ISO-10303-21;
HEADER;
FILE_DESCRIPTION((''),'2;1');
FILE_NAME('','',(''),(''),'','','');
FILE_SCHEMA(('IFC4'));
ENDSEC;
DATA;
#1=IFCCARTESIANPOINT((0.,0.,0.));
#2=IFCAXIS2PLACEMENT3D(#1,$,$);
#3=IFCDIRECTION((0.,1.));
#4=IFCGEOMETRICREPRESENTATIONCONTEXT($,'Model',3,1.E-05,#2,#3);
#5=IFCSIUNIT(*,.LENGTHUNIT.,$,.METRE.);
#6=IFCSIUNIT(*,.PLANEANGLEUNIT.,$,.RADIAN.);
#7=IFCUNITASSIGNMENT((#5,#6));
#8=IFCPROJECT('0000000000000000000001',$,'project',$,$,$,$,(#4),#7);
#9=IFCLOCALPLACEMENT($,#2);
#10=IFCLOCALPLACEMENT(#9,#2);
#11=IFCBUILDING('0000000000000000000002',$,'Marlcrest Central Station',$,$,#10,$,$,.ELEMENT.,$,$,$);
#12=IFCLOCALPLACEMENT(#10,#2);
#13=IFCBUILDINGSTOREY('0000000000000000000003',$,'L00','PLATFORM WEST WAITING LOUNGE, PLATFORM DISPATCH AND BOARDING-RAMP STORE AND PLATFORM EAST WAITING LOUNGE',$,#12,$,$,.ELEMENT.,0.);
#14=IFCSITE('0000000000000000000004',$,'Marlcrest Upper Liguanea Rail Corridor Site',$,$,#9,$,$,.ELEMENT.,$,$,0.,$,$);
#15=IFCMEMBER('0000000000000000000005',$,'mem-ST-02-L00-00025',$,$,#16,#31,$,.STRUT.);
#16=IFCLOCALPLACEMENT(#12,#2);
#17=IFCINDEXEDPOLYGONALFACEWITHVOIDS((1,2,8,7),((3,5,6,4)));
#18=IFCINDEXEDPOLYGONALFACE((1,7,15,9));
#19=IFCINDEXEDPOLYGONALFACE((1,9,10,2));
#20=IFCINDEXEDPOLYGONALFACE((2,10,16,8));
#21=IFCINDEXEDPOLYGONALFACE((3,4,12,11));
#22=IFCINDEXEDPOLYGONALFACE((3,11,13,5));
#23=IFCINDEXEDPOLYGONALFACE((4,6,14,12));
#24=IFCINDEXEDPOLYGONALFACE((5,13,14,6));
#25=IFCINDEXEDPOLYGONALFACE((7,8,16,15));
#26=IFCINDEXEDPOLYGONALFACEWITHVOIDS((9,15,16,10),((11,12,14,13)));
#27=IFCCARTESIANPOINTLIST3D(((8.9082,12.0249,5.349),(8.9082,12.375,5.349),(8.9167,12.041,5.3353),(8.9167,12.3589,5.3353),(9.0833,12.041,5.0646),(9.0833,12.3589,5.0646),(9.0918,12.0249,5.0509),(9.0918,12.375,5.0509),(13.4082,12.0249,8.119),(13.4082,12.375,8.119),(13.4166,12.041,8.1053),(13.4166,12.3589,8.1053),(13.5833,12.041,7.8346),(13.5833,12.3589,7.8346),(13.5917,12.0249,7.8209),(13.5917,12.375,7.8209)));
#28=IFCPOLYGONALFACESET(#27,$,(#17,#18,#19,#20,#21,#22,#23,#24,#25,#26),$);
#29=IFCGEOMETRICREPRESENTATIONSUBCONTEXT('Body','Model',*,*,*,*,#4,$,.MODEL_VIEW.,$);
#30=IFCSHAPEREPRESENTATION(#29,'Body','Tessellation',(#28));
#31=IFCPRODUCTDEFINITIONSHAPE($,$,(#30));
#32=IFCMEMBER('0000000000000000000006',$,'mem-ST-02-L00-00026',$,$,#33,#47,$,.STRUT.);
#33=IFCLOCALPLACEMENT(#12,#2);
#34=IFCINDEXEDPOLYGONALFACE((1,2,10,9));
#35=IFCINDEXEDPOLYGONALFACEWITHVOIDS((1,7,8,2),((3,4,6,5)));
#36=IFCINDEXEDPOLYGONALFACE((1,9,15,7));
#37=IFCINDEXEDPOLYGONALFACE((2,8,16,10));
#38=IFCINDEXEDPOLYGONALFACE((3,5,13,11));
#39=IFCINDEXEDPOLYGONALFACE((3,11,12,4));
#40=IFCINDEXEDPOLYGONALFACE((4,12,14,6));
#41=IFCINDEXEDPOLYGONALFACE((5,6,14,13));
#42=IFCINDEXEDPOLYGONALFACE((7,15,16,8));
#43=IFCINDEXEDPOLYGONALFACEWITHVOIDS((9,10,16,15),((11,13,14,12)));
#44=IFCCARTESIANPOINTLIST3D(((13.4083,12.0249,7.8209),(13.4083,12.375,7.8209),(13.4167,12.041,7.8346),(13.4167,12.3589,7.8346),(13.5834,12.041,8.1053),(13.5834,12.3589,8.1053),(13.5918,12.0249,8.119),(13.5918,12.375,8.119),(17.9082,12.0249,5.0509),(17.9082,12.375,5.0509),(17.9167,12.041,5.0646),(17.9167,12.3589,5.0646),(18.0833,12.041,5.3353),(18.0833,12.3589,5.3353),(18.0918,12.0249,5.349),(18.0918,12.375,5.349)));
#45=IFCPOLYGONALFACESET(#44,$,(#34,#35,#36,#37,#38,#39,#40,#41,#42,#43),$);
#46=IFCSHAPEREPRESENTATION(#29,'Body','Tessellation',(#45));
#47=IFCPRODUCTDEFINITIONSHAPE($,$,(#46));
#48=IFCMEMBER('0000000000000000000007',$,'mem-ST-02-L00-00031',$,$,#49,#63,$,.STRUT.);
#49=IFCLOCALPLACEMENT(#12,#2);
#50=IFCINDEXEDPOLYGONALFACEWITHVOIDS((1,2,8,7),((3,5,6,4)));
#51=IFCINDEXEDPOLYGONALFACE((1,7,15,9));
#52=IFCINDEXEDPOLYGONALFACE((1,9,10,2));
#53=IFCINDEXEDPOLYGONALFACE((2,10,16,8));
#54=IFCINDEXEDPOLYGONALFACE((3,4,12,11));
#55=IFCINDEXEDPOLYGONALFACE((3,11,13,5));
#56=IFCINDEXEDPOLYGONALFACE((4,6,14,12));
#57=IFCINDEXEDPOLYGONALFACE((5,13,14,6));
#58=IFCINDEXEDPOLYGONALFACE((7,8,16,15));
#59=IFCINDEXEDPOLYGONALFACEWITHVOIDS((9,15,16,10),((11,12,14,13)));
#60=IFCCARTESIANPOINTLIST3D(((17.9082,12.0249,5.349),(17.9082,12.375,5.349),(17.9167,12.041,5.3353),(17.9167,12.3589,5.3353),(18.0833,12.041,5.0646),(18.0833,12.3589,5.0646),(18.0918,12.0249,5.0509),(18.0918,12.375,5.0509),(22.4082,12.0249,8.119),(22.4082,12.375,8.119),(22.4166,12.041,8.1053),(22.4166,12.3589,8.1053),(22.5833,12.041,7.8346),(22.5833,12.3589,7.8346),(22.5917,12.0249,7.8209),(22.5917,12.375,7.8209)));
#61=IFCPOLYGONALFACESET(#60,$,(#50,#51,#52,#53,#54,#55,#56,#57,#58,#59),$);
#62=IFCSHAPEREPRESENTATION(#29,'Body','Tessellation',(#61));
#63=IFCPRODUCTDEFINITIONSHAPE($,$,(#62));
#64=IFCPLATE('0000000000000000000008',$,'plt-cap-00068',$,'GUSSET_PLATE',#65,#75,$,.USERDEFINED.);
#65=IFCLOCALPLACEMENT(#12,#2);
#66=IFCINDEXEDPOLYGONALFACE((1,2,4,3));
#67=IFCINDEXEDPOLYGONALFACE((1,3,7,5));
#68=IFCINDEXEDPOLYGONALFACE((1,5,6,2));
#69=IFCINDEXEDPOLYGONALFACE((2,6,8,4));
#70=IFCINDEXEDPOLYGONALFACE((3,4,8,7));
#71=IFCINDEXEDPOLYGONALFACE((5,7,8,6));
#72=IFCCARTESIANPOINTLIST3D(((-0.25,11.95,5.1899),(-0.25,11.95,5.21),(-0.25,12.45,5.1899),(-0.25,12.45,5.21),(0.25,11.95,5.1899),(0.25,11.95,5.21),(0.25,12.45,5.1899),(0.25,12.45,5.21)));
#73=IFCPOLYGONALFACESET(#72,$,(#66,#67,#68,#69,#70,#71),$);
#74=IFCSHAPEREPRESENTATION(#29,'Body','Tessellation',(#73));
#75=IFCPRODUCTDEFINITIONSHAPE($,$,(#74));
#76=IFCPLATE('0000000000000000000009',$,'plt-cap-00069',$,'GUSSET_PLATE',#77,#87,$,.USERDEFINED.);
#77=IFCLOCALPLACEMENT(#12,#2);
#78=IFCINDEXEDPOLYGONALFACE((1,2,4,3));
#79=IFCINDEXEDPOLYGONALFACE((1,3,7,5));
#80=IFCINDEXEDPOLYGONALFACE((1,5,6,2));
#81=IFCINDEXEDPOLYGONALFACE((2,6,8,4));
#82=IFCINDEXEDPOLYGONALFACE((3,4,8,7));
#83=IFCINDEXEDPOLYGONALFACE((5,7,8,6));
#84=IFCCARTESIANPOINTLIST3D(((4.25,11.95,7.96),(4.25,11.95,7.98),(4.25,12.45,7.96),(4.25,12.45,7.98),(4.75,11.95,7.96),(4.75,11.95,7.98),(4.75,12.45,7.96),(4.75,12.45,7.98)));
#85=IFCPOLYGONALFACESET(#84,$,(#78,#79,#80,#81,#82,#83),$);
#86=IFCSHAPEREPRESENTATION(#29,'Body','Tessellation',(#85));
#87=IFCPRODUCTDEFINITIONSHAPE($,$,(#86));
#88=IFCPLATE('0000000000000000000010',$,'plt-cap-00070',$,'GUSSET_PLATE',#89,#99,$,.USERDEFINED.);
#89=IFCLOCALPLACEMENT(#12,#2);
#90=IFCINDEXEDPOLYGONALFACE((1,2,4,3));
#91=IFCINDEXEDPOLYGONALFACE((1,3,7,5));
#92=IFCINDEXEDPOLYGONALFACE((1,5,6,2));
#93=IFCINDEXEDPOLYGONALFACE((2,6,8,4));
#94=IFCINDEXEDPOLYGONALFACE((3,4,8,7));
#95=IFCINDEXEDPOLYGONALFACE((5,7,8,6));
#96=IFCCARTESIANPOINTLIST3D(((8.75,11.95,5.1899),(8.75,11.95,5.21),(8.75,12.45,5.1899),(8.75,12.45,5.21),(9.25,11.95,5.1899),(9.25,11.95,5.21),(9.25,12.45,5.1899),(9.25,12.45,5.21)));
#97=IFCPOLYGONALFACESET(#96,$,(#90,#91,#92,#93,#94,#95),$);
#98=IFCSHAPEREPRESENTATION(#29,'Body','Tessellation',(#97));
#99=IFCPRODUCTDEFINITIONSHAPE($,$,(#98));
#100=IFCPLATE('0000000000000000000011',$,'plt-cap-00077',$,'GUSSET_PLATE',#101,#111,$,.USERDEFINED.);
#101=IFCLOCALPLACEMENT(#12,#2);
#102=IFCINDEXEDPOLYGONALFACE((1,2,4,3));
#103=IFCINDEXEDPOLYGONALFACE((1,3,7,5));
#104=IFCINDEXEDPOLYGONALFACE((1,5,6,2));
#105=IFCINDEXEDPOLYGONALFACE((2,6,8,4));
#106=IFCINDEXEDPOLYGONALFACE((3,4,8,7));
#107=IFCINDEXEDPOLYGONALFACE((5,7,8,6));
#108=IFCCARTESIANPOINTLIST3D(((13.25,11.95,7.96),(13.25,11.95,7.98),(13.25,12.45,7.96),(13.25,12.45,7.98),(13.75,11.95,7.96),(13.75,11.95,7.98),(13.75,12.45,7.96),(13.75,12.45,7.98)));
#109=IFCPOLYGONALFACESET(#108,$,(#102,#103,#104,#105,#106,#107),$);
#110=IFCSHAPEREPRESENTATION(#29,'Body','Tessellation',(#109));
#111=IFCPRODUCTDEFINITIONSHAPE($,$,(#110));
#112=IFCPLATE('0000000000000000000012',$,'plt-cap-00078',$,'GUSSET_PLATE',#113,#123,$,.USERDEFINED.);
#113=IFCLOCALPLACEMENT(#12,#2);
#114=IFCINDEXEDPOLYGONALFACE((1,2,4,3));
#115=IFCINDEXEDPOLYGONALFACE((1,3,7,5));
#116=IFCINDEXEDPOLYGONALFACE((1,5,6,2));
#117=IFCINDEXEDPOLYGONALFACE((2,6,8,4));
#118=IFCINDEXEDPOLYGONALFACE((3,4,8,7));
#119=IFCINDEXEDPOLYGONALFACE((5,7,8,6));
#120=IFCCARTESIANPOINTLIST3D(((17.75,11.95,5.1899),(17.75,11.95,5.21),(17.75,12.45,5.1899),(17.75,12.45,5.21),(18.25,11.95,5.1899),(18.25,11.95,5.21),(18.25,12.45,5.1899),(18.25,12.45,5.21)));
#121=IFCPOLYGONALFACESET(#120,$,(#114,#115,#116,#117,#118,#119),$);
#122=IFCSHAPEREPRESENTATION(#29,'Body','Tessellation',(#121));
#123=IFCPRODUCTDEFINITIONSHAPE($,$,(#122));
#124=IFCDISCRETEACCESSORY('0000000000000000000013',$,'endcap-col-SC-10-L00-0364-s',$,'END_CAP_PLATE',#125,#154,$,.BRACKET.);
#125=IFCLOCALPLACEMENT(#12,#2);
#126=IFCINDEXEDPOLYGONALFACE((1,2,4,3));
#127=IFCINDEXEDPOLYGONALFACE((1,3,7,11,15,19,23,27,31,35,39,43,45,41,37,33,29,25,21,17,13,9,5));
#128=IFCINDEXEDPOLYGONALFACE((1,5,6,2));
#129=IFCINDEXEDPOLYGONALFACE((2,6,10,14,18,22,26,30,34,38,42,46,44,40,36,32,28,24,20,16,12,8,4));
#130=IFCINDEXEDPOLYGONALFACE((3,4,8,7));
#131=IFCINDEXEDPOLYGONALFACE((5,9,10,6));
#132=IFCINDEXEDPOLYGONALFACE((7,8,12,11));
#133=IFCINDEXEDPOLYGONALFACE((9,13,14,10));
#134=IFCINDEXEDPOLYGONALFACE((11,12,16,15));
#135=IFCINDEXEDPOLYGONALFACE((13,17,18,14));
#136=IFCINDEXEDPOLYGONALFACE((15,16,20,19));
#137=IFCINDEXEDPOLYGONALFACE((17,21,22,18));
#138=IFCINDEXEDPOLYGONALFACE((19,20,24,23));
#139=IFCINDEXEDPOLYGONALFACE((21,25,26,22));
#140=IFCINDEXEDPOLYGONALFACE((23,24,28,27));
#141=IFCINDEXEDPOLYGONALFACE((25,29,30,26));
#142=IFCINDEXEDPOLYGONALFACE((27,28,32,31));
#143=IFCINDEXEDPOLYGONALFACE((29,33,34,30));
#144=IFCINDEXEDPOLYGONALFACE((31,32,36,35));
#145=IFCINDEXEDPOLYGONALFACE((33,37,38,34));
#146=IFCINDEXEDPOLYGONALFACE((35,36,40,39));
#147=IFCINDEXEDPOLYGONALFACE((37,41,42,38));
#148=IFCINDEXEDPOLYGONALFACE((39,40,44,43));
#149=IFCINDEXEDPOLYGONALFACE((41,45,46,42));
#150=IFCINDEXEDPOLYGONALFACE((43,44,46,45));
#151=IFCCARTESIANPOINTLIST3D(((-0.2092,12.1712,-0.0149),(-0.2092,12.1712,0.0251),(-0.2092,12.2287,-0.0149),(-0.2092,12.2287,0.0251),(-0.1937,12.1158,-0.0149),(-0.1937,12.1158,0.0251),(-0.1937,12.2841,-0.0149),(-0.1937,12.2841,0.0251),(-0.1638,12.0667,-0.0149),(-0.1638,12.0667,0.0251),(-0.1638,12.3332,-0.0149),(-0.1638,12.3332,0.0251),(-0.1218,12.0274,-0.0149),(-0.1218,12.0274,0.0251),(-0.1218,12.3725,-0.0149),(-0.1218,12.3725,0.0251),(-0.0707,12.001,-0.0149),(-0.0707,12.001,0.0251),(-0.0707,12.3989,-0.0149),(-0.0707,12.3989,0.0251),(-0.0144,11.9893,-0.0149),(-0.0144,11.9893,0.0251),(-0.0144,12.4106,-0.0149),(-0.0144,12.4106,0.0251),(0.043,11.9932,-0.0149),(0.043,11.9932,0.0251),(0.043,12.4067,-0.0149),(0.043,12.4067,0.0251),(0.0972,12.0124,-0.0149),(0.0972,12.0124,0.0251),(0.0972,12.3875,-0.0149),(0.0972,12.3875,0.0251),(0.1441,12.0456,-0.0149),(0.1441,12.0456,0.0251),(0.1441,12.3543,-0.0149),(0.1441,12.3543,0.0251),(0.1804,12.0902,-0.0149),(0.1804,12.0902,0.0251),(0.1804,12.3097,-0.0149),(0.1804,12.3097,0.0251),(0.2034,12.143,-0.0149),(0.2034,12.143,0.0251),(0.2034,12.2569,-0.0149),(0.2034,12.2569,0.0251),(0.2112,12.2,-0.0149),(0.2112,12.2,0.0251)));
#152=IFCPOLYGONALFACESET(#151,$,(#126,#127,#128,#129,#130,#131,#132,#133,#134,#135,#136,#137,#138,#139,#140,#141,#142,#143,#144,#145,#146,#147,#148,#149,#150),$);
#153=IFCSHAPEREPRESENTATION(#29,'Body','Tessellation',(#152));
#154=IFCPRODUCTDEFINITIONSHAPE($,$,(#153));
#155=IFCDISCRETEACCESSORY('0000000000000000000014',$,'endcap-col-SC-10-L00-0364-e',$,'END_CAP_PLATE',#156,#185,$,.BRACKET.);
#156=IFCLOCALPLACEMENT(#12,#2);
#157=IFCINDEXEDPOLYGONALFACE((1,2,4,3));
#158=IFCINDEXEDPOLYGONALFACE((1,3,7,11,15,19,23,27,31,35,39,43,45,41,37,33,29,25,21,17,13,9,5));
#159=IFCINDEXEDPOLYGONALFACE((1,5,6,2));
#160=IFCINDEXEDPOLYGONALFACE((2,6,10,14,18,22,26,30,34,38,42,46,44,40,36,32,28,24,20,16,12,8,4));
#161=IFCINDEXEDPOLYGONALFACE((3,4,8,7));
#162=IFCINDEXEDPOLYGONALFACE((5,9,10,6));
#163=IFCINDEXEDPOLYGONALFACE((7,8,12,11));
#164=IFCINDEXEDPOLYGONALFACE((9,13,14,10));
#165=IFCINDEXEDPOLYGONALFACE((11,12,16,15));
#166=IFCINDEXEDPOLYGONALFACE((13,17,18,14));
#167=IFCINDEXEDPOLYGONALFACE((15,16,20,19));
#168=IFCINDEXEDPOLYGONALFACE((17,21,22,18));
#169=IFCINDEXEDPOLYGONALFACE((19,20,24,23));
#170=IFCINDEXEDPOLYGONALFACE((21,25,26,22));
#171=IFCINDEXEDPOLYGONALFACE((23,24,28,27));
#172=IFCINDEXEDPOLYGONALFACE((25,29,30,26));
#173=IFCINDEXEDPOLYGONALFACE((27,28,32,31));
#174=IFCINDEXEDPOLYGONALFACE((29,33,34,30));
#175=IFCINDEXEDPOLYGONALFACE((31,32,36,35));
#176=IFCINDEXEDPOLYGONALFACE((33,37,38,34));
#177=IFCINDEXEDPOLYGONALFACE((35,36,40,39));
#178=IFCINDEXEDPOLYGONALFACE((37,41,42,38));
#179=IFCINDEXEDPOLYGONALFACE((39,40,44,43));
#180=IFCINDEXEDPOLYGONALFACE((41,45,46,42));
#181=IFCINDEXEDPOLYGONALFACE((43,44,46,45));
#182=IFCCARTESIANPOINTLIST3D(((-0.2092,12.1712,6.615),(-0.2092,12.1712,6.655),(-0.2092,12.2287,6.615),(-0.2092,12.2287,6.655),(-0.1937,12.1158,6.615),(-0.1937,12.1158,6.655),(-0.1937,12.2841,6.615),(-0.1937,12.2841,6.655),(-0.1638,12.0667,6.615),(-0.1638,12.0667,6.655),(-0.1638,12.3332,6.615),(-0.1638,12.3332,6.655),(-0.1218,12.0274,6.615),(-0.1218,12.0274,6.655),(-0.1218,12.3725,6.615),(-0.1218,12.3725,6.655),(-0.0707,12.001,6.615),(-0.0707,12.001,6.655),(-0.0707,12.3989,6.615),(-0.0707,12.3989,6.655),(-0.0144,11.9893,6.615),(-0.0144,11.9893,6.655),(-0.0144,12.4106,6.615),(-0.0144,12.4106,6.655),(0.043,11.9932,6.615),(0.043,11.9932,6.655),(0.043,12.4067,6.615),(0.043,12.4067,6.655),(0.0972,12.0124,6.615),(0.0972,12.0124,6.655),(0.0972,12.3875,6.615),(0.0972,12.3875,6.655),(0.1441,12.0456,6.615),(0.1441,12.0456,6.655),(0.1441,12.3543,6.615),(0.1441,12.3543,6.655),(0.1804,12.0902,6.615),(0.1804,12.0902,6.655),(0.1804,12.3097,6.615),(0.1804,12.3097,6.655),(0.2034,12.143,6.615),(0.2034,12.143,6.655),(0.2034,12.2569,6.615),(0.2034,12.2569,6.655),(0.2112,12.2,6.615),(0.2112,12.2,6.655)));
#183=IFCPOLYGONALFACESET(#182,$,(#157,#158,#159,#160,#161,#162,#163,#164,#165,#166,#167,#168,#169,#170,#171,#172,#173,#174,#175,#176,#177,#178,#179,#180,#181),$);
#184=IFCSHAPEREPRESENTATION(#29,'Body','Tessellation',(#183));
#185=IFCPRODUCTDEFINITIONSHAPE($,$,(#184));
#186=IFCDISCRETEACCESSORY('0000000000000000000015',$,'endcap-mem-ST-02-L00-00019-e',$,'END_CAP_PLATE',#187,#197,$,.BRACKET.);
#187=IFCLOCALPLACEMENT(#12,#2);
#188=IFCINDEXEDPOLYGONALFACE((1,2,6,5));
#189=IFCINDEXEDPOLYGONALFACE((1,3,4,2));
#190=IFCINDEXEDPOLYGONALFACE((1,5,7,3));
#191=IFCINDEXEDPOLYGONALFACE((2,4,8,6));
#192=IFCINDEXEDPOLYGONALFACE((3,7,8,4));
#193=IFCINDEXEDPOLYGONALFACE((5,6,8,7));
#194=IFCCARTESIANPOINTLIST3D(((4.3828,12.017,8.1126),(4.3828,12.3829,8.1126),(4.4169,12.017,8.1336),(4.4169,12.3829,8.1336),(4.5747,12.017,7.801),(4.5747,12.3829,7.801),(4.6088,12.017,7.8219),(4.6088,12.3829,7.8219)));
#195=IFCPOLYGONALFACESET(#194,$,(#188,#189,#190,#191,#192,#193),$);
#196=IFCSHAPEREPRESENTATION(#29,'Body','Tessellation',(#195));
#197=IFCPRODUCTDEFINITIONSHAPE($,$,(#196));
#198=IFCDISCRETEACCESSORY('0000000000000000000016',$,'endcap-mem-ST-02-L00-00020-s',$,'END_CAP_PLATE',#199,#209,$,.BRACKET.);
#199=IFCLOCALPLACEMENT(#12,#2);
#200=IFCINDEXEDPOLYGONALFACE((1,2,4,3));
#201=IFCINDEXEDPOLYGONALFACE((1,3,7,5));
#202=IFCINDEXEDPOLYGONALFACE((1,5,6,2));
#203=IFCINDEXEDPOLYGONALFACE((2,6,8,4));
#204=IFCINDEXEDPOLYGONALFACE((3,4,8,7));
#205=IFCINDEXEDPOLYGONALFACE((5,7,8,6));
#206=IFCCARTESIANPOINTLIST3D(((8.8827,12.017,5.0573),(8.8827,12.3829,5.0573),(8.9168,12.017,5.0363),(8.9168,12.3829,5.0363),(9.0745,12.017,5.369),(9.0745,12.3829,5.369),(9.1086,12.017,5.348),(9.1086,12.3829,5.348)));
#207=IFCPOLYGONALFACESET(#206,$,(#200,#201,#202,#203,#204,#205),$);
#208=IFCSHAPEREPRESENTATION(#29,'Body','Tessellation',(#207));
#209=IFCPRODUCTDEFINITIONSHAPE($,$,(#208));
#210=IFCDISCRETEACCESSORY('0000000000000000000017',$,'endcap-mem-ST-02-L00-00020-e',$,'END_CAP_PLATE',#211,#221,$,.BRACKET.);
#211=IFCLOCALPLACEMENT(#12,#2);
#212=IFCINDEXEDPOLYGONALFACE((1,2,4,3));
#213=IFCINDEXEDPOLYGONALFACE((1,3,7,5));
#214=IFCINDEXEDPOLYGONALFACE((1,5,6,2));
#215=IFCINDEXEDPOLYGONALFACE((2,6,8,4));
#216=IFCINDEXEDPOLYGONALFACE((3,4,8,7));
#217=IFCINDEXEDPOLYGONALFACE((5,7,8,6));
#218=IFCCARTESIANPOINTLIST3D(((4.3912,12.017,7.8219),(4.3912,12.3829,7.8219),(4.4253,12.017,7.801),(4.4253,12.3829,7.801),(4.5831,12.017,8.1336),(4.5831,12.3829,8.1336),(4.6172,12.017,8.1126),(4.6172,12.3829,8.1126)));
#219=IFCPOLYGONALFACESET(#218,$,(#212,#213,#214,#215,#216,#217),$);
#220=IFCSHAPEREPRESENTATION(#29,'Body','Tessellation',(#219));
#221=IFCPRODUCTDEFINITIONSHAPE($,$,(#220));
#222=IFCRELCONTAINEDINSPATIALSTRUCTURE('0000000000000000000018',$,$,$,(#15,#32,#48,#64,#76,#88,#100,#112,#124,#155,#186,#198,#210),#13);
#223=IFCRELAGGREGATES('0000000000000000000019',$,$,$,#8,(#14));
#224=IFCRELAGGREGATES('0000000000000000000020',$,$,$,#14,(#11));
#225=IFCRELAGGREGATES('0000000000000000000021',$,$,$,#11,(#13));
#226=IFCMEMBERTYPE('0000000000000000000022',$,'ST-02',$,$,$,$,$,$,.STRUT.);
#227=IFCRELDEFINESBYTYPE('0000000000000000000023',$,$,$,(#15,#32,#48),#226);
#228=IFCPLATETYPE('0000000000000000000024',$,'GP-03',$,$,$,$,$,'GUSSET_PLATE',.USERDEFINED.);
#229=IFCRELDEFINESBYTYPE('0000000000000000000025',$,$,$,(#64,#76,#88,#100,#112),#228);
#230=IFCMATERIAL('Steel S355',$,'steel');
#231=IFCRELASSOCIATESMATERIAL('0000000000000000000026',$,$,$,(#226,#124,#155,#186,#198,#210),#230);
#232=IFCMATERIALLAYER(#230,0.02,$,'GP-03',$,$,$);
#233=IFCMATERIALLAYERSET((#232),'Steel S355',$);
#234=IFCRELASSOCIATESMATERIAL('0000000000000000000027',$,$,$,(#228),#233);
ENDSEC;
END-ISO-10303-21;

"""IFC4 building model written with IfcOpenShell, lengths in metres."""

from ifc_helpers import new_model, si_unit, direction, frame, origin, origin_2d, place, context, subcontext, project, spatial, rectangle, hollow_rectangle, circle, extrude, material, layer, layer_set, material_profile, profile_set, type_object, element, save


model = new_model("IFC4")

# Units and contexts
model_context = context("Model", 3, precision=1e-05, world=origin(), true_north=direction((0.0, 1.0)))
body_context = subcontext(model_context, "Body", "Model", "MODEL_VIEW")
ifc_project = project(units=[si_unit("LENGTHUNIT", "METRE"), si_unit("PLANEANGLEUNIT", "RADIAN")], contexts=[model_context])

# Site, building, storey
site_placement = place(None, origin())
site = spatial("IfcSite", under=ifc_project, at=site_placement, Name="Marlcrest Upper Liguanea Rail Corridor Site", CompositionType="ELEMENT", RefElevation=0.0)
building_placement = place(site_placement, origin())
building = spatial("IfcBuilding", under=site, at=building_placement, Name="Marlcrest Central Station", CompositionType="ELEMENT")
storey_placement = place(building_placement, origin())
storey = spatial("IfcBuildingStorey", under=building, at=storey_placement, Name="L00", Description="PLATFORM WEST WAITING LOUNGE, PLATFORM DISPATCH AND BOARDING-RAMP STORE AND PLATFORM EAST WAITING LOUNGE", CompositionType="ELEMENT", Elevation=0.0)

# Shared definitions
ifc_material_1 = material(Name="Steel S355", Category="steel")

# Members
ifc_material_profile_1 = material_profile(ifc_material_1, hollow_rectangle(XDim=0.3501, YDim=0.3501, WallThickness=0.0161, at=origin_2d()), Name="SHS 350x350x16")
ifc_profile_set_1 = profile_set([ifc_material_profile_1], Name="Steel S355")
member_type = type_object("IfcMemberType", Name="ST-02", PredefinedType="STRUT", material=ifc_profile_set_1)
for number, where, z_axis, x_axis, name in (
    (1, (9.0, 12.2, 5.2), (0.851592, 0.0, 0.524206), (0.0, 1.0, 0.0), "mem-ST-02-L00-00025"),
    (2, (18.0, 12.2, 5.2), (-0.851592, 0.0, 0.524206), (0.0, -1.0, 0.0), "mem-ST-02-L00-00026"),
    (3, (18.0, 12.2, 5.2), (0.851592, 0.0, 0.524206), (0.0, 1.0, 0.0), "mem-ST-02-L00-00031"),
):
    element("IfcMember", number, at=place(storey_placement, frame(where, z_axis=z_axis, x_axis=x_axis)), inside=storey, type_object=member_type, Name=name, PredefinedType="STRUT", context=body_context, shape_type="SweptSolid", body=[
        extrude(hollow_rectangle(XDim=0.3501, YDim=0.3501, WallThickness=0.0161, at=origin_2d()), origin(), (0.0, 0.0, 1.0), 5.2842),
    ])

# Plates
ifc_layer = layer(ifc_material_1, 0.02, Name="GP-03")
ifc_layer_set = layer_set([ifc_layer], Name="Steel S355")
plate_type = type_object("IfcPlateType", Name="GP-03", ElementType="GUSSET_PLATE", PredefinedType="USERDEFINED", material=ifc_layer_set)
for number, where, z_axis, x_axis, name in (
    (4, (0.0, 12.2, 5.1899), (0.0, 0.0, 1.0), (1.0, 0.0, 0.0), "plt-cap-00068"),
    (5, (4.5, 12.2, 7.96), (0.0, 0.0, 1.0), (1.0, 0.0, 0.0), "plt-cap-00069"),
    (6, (9.0, 12.2, 5.1899), (0.0, 0.0, 1.0), (1.0, 0.0, 0.0), "plt-cap-00070"),
    (7, (13.5, 12.2, 7.96), (0.0, 0.0, 1.0), (1.0, 0.0, 0.0), "plt-cap-00077"),
    (8, (18.0, 12.2, 5.1899), (0.0, 0.0, 1.0), (1.0, 0.0, 0.0), "plt-cap-00078"),
):
    element("IfcPlate", number, at=place(storey_placement, frame(where, z_axis=z_axis, x_axis=x_axis)), inside=storey, type_object=plate_type, Name=name, ObjectType="GUSSET_PLATE", PredefinedType="USERDEFINED", context=body_context, shape_type="SweptSolid", body=[
        extrude(rectangle(XDim=0.5, YDim=0.5, at=origin_2d()), origin(), (0.0, 0.0, 1.0), 0.02),
    ])

# Discrete accessories
for number, where, z_axis, x_axis, name in (
    (9, (0.0, 12.2, -0.0149), (0.0, 0.0, 1.0), (1.0, 0.0, 0.0), "endcap-col-SC-10-L00-0364-s"),
    (10, (0.0, 12.2, 6.615), (0.0, 0.0, 1.0), (1.0, 0.0, 0.0), "endcap-col-SC-10-L00-0364-e"),
):
    element("IfcDiscreteAccessory", number, at=place(storey_placement, frame(where, z_axis=z_axis, x_axis=x_axis)), inside=storey, material=ifc_material_1, Name=name, ObjectType="END_CAP_PLATE", PredefinedType="BRACKET", context=body_context, shape_type="SweptSolid", body=[
        extrude(circle(Radius=0.2112, at=origin_2d()), origin(), (0.0, 0.0, 1.0), 0.04),
    ])
for number, where, z_axis, x_axis, name in (
    (11, (4.4788, 12.2, 7.9568), (0.851592, 0.0, 0.524206), (0.0, 1.0, 0.0), "endcap-mem-ST-02-L00-00019-e"),
    (12, (9.0127, 12.2, 5.1921), (-0.851592, 0.0, 0.524206), (0.0, -1.0, 0.0), "endcap-mem-ST-02-L00-00020-s"),
    (13, (4.5212, 12.2, 7.9568), (-0.851592, 0.0, 0.524206), (0.0, -1.0, 0.0), "endcap-mem-ST-02-L00-00020-e"),
):
    element("IfcDiscreteAccessory", number, at=place(storey_placement, frame(where, z_axis=z_axis, x_axis=x_axis)), inside=storey, material=ifc_material_1, Name=name, ObjectType="END_CAP_PLATE", PredefinedType="BRACKET", context=body_context, shape_type="SweptSolid", body=[
        extrude(rectangle(XDim=0.366, YDim=0.366, at=origin_2d()), origin(), (0.0, 0.0, 1.0), 0.04),
    ])

save(model, "model.ifc")
